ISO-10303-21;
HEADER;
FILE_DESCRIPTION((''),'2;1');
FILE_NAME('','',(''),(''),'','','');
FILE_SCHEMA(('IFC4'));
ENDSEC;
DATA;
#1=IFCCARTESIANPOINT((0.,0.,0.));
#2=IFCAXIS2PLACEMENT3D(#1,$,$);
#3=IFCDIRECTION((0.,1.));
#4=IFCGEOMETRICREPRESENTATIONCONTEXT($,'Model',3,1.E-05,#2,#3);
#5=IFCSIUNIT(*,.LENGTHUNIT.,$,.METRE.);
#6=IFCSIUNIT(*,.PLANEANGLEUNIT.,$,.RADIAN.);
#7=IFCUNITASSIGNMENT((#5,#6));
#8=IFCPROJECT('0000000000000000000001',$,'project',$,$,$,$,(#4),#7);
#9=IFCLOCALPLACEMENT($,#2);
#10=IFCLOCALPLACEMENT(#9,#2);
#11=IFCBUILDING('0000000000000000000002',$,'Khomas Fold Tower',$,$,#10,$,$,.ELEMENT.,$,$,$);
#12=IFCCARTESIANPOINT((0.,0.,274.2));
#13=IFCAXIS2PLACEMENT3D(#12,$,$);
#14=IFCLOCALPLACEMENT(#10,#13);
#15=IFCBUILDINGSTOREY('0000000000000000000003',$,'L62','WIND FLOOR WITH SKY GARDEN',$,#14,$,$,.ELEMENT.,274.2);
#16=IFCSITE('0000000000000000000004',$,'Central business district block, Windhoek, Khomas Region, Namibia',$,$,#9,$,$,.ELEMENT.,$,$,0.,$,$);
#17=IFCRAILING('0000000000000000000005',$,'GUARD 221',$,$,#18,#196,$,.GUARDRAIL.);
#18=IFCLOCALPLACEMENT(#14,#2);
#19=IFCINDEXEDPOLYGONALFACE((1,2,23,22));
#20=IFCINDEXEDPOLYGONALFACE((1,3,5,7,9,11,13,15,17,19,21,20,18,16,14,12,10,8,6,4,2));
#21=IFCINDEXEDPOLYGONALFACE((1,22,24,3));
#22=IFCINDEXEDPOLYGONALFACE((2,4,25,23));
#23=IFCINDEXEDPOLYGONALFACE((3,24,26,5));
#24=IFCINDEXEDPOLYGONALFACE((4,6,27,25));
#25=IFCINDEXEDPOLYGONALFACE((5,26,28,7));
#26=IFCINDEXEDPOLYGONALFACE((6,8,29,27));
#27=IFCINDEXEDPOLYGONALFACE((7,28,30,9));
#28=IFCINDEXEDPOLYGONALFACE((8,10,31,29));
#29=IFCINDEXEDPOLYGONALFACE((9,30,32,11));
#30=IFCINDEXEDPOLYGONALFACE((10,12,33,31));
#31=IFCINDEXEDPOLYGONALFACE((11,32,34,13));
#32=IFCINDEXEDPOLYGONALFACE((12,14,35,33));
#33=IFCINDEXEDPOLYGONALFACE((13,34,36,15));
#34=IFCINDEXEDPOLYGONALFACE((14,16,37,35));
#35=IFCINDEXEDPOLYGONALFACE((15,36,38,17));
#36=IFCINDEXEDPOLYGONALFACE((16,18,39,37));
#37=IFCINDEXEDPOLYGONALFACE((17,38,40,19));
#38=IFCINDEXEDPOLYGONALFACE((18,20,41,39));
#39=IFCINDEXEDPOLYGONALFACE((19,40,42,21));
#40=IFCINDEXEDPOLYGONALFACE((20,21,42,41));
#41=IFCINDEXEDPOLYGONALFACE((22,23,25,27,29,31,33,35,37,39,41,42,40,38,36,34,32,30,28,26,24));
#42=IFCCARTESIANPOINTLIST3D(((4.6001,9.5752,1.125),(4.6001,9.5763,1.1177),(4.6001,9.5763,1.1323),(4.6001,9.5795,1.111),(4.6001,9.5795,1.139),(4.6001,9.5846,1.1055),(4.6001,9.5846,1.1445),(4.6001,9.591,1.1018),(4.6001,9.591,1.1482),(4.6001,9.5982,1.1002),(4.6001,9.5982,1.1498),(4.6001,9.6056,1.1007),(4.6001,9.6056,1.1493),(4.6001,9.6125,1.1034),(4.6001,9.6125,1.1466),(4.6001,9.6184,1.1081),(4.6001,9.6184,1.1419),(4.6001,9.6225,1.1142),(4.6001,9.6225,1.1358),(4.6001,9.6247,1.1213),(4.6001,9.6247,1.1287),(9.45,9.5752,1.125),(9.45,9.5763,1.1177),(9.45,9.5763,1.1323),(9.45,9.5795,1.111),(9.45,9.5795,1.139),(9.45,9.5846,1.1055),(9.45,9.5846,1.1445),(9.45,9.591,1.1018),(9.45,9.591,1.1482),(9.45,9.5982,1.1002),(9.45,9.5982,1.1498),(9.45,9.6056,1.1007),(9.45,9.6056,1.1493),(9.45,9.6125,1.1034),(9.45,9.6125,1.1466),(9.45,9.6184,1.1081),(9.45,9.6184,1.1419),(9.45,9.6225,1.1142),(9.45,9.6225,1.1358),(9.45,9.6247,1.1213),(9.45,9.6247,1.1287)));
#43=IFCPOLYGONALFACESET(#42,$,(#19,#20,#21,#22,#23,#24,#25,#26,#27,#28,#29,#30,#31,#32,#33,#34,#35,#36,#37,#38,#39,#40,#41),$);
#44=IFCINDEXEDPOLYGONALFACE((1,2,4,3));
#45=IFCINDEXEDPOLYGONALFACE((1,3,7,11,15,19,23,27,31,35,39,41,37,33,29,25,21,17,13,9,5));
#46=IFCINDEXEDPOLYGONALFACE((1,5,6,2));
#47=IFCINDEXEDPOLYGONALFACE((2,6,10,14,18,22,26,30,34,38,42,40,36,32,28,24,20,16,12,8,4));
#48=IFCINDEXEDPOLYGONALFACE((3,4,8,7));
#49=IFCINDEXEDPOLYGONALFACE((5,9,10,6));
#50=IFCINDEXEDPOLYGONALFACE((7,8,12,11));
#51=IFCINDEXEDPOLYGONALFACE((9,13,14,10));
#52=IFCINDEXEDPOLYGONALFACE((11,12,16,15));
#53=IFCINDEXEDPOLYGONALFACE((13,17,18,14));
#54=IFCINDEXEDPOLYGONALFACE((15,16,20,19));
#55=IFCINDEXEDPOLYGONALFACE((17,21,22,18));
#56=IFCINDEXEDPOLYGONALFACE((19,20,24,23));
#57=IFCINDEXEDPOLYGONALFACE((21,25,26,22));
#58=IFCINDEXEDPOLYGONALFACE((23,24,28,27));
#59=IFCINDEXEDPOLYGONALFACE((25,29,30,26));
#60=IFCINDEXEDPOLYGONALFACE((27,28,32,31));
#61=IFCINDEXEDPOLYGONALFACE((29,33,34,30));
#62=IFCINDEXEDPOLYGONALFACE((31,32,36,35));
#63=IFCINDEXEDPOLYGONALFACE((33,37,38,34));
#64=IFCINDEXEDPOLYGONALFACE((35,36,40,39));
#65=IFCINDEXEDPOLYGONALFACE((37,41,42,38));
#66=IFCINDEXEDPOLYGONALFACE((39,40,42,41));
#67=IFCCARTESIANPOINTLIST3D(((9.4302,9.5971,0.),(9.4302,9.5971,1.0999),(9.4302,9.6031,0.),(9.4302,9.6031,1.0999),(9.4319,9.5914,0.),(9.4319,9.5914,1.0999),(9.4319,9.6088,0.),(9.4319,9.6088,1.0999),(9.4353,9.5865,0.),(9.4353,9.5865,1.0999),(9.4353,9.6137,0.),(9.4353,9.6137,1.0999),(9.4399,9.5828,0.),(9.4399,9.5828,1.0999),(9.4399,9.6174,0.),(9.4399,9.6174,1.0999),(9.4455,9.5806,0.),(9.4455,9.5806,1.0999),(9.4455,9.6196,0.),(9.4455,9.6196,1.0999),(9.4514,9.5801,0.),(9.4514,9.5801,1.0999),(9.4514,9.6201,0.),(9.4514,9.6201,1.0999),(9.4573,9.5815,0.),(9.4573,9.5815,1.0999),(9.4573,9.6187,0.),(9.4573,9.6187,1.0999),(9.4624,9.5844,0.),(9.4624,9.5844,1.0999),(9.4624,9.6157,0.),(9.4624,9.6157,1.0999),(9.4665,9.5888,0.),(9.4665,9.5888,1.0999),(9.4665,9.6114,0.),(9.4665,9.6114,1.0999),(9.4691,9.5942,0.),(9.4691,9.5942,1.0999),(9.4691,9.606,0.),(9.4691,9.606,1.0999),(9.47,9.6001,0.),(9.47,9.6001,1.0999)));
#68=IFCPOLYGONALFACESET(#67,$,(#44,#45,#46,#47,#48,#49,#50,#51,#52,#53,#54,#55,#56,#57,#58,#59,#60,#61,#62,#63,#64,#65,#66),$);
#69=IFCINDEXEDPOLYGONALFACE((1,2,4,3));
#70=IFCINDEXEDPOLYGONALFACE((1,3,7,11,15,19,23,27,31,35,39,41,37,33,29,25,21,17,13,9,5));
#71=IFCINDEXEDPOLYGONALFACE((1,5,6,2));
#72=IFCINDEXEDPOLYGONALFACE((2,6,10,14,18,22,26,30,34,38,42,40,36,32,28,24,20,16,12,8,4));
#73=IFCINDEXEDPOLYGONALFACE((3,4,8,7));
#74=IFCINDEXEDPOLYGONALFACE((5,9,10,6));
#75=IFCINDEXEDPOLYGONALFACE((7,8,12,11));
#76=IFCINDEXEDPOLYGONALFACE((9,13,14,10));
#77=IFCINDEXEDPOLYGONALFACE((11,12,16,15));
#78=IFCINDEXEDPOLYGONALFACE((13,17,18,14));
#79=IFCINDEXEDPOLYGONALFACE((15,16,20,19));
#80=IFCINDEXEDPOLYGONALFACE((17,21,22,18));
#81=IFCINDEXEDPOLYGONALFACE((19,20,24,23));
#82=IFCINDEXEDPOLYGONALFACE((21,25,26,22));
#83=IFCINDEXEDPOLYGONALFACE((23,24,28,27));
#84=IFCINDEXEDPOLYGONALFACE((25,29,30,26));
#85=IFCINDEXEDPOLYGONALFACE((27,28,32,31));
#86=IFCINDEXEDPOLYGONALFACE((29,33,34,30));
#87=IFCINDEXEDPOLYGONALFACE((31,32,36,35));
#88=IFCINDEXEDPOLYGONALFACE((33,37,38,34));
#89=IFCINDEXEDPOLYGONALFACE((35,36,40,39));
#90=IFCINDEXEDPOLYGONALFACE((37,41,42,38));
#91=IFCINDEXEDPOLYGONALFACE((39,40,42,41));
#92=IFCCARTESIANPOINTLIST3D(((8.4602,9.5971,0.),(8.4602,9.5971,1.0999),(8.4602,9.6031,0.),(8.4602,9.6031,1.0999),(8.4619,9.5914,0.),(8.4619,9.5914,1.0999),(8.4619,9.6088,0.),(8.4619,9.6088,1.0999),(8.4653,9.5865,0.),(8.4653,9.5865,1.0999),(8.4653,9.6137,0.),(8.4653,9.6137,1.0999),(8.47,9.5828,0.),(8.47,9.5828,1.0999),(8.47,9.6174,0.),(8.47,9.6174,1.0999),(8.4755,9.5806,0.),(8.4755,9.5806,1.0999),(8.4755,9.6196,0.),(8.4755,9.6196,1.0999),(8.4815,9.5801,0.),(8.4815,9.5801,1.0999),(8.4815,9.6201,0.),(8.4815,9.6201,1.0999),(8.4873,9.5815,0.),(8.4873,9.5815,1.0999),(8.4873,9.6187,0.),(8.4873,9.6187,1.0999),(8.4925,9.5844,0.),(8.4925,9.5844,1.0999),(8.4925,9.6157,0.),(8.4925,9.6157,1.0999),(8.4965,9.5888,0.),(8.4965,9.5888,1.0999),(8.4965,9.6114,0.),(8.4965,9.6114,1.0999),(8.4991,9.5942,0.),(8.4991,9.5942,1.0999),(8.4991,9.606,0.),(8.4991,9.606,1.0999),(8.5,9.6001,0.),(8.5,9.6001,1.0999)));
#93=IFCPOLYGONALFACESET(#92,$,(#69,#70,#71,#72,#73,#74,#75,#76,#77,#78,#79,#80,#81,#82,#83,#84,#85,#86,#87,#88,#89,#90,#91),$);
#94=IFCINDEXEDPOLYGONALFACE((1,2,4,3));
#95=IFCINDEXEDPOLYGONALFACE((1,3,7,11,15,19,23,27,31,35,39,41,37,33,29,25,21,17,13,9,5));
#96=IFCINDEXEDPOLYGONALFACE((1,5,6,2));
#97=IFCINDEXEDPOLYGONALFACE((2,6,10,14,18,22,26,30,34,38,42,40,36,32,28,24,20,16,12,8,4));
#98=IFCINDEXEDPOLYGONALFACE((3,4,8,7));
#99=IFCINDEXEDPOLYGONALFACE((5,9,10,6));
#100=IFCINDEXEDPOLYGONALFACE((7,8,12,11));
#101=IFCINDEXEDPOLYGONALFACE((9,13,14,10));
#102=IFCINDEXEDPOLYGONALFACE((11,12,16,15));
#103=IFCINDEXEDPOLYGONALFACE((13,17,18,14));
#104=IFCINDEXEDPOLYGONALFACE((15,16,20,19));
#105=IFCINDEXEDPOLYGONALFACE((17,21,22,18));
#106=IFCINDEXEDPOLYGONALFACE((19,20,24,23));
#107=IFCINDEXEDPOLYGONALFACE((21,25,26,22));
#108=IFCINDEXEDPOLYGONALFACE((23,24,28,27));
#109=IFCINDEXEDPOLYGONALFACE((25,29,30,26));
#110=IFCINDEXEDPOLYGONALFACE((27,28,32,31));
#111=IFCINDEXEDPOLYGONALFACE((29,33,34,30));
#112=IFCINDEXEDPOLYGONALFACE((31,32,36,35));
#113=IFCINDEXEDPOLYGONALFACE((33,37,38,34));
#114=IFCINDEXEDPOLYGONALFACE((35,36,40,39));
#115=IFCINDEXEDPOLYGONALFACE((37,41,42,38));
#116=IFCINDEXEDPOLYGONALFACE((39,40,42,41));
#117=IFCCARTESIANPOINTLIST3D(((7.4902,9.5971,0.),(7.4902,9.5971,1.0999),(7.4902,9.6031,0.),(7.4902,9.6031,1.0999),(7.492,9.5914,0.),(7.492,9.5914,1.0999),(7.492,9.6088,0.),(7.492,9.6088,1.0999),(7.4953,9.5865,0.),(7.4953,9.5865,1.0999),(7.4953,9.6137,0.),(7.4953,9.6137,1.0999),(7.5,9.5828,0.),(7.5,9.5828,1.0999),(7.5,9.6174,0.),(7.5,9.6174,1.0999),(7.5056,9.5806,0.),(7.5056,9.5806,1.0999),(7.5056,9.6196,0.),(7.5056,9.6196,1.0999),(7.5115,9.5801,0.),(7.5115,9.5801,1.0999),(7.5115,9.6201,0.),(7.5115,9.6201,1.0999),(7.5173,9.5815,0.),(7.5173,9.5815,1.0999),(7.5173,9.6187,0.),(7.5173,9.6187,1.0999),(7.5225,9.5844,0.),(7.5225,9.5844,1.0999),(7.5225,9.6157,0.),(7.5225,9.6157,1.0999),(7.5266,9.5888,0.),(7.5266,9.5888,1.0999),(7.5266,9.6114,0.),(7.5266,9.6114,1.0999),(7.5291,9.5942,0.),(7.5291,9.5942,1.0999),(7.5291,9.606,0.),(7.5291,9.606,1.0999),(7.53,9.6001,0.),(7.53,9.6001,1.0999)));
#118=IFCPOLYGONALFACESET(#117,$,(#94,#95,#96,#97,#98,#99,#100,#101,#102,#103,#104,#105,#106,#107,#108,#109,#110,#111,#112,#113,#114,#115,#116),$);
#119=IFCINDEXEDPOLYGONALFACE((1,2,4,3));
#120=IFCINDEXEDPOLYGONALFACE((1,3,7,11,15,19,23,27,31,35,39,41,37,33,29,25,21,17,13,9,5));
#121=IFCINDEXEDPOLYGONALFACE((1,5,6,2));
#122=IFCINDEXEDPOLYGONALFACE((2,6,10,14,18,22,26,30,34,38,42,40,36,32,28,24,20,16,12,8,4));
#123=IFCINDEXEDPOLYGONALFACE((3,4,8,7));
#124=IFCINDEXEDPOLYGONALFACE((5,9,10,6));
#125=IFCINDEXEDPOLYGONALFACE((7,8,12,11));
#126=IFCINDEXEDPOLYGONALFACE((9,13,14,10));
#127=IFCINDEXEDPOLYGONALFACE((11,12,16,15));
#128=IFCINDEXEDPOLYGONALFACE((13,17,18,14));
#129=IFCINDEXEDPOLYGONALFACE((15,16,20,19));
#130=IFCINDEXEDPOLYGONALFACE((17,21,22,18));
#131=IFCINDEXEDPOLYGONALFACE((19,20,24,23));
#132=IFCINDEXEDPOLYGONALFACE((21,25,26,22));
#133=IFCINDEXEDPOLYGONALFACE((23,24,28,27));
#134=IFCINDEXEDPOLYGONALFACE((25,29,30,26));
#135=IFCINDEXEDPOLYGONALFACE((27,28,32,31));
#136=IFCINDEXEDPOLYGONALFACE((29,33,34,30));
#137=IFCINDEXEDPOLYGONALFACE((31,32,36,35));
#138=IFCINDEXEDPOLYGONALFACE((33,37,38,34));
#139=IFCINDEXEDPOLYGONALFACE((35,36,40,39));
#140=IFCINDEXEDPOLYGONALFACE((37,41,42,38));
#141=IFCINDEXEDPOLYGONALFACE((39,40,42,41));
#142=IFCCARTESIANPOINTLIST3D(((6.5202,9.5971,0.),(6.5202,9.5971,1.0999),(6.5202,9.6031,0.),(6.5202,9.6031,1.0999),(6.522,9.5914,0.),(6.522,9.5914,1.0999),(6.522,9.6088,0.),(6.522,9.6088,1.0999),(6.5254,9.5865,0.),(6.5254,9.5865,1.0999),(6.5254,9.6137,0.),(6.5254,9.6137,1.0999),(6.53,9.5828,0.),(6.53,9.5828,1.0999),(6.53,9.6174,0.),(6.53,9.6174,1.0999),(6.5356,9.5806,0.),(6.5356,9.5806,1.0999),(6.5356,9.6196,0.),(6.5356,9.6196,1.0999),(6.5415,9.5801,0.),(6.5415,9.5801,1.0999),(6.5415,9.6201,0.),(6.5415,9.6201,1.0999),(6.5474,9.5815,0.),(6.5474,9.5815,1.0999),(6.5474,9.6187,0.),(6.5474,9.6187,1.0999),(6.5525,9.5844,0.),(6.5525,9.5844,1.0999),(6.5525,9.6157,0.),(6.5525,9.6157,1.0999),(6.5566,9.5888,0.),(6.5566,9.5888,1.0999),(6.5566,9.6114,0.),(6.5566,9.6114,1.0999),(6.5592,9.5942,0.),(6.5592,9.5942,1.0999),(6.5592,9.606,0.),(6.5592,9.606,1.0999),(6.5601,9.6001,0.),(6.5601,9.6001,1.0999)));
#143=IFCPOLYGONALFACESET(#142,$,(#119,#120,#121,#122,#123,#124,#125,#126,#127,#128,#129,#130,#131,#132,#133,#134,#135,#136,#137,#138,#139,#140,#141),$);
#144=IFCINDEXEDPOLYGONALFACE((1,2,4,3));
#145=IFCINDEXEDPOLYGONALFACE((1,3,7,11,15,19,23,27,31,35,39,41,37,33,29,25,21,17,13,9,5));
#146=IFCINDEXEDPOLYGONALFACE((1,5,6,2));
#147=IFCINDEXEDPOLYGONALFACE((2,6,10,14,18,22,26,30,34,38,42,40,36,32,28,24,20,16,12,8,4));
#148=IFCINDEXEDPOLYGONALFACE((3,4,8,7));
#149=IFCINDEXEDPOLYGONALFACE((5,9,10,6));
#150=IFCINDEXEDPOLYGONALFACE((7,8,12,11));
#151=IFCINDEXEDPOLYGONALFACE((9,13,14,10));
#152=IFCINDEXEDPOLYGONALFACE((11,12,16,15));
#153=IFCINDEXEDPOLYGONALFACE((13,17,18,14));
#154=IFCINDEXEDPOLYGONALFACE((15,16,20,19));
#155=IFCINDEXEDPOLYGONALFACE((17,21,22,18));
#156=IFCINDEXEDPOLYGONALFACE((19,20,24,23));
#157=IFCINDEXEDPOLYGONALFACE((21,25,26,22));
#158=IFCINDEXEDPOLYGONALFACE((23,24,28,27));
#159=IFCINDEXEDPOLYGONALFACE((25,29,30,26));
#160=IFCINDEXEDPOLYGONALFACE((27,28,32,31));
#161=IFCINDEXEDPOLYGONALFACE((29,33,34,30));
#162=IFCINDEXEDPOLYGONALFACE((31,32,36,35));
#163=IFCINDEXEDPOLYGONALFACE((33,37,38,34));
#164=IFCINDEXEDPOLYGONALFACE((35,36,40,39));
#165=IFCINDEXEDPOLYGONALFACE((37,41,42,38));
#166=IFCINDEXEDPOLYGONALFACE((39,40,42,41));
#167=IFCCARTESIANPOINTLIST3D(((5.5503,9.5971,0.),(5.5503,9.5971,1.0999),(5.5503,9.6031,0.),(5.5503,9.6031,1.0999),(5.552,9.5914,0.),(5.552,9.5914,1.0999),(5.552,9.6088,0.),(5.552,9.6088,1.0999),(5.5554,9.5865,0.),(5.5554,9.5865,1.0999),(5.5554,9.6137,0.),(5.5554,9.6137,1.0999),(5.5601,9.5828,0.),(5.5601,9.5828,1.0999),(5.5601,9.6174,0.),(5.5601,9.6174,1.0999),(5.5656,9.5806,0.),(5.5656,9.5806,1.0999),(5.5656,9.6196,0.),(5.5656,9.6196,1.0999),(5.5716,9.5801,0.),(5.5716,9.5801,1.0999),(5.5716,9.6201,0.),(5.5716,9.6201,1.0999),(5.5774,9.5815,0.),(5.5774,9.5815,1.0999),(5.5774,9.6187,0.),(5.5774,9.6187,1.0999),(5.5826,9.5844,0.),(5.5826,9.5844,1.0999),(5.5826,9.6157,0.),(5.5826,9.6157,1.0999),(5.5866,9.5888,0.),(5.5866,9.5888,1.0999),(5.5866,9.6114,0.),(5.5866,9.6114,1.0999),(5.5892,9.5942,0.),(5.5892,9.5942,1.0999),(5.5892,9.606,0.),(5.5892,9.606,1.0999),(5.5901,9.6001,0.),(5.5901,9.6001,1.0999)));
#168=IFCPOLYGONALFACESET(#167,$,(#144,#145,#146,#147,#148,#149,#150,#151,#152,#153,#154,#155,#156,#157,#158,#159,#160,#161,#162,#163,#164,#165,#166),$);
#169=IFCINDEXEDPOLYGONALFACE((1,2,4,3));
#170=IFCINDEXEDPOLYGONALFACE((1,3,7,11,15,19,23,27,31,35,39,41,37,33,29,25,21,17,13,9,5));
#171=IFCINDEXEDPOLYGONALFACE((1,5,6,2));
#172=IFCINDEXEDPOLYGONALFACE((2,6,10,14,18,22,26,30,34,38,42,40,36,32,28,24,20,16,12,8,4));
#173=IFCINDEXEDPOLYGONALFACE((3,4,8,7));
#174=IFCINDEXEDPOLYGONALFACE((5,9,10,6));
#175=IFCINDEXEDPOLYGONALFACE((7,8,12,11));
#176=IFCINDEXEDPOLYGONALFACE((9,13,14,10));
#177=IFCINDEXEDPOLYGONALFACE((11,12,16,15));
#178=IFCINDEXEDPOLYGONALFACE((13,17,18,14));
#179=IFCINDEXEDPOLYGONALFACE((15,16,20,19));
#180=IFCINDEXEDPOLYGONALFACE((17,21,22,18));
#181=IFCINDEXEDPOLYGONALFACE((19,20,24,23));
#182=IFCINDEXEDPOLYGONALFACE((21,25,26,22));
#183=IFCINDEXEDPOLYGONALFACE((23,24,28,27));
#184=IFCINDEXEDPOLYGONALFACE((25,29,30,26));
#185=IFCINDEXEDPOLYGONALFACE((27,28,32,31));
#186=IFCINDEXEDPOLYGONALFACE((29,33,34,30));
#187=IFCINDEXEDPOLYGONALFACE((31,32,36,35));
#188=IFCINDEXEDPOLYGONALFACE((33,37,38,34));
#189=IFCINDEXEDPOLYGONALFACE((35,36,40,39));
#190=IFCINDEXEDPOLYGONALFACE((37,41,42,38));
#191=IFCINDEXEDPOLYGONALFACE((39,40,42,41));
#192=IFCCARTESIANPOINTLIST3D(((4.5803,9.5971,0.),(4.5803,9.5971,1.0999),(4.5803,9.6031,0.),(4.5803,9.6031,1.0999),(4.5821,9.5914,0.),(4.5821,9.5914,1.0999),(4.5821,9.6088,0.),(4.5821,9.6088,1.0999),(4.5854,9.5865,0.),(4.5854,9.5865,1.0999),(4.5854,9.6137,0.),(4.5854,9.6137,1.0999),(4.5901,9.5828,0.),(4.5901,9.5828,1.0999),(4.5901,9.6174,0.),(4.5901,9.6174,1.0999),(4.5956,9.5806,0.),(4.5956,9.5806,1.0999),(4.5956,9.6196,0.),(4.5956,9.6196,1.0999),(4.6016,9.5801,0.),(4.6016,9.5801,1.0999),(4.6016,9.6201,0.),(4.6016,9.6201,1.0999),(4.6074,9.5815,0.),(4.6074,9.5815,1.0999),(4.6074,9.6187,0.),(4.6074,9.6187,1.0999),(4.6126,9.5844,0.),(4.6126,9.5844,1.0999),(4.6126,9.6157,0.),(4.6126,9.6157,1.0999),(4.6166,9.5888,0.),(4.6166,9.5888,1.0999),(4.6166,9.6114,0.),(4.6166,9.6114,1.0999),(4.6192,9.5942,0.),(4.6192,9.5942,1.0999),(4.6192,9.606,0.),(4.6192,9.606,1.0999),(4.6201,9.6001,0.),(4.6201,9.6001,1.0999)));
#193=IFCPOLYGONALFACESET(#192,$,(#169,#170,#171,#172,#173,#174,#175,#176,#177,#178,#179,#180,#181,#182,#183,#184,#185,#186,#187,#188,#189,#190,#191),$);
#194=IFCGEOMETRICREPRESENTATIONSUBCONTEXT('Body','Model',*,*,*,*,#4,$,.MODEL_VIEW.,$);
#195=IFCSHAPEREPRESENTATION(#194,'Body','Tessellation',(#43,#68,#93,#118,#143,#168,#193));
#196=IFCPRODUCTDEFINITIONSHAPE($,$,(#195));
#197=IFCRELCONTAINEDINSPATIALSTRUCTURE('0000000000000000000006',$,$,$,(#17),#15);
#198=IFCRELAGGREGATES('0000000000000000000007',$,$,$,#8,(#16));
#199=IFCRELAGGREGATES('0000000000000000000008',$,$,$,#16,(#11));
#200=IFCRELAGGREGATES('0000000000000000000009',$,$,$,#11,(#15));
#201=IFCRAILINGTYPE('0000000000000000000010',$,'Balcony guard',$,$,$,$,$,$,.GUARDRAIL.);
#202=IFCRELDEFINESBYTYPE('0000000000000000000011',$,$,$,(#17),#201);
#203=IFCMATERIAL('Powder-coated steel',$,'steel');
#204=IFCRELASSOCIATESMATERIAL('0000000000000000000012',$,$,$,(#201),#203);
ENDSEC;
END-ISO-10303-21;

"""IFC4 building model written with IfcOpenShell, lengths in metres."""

from ifc_helpers import new_model, si_unit, direction, frame, origin, origin_2d, place, context, subcontext, project, spatial, circle, extrude, source, transform, mapped, material, type_object, element, save


model = new_model("IFC4")

# Units and contexts
model_context = context("Model", 3, precision=1e-05, world=origin(), true_north=direction((0.0, 1.0)))
body_context = subcontext(model_context, "Body", "Model", "MODEL_VIEW")
ifc_project = project(units=[si_unit("LENGTHUNIT", "METRE"), si_unit("PLANEANGLEUNIT", "RADIAN")], contexts=[model_context])

# Site, building, storey
site_placement = place(None, origin())
site = spatial("IfcSite", under=ifc_project, at=site_placement, Name="Central business district block, Windhoek, Khomas Region, Namibia", CompositionType="ELEMENT", RefElevation=0.0)
building_placement = place(site_placement, origin())
building = spatial("IfcBuilding", under=site, at=building_placement, Name="Khomas Fold Tower", CompositionType="ELEMENT")
storey_placement = place(building_placement, frame((0.0, 0.0, 274.2)))
storey = spatial("IfcBuildingStorey", under=building, at=storey_placement, Name="L62", Description="WIND FLOOR WITH SKY GARDEN", CompositionType="ELEMENT", Elevation=274.2)

# Railing
ifc_material_1 = material(Name="Powder-coated steel", Category="steel")
railing_type = type_object("IfcRailingType", Name="Balcony guard", PredefinedType="GUARDRAIL", material=ifc_material_1)
shared_shape_1 = source(origin(), body_context, "Body", "SweptSolid", [
    extrude(circle(Radius=0.0249, at=origin_2d()), frame((0.0, 0.0, 1.125), z_axis=(-1.0, 0.0, 0.0), x_axis=(0.0, -1.0, 0.0)), (0.0, 0.0, 1.0), 4.8499),
    extrude(circle(Radius=0.02, at=origin_2d()), origin(), (0.0, 0.0, 1.0), 1.0999),
    extrude(circle(Radius=0.02, at=origin_2d()), frame((-0.97, 0.0, 0.0)), (0.0, 0.0, 1.0), 1.0999),
    extrude(circle(Radius=0.02, at=origin_2d()), frame((-1.9399, 0.0, 0.0)), (0.0, 0.0, 1.0), 1.0999),
    extrude(circle(Radius=0.02, at=origin_2d()), frame((-2.9099, 0.0, 0.0)), (0.0, 0.0, 1.0), 1.0999),
    extrude(circle(Radius=0.02, at=origin_2d()), frame((-3.8799, 0.0, 0.0)), (0.0, 0.0, 1.0), 1.0999),
    extrude(circle(Radius=0.02, at=origin_2d()), frame((-4.8499, 0.0, 0.0)), (0.0, 0.0, 1.0), 1.0999),
])
railing_1_placement = place(storey_placement, frame((9.45, 9.6001, 0.0)))
element("IfcRailing", 1, at=railing_1_placement, inside=storey, type_object=railing_type, Name="GUARD 221", PredefinedType="GUARDRAIL", context=body_context, shape_type="MappedRepresentation", body=[
    mapped(shared_shape_1, transform((0.0, 0.0, 0.0))),
])

save(model, "model.ifc")
